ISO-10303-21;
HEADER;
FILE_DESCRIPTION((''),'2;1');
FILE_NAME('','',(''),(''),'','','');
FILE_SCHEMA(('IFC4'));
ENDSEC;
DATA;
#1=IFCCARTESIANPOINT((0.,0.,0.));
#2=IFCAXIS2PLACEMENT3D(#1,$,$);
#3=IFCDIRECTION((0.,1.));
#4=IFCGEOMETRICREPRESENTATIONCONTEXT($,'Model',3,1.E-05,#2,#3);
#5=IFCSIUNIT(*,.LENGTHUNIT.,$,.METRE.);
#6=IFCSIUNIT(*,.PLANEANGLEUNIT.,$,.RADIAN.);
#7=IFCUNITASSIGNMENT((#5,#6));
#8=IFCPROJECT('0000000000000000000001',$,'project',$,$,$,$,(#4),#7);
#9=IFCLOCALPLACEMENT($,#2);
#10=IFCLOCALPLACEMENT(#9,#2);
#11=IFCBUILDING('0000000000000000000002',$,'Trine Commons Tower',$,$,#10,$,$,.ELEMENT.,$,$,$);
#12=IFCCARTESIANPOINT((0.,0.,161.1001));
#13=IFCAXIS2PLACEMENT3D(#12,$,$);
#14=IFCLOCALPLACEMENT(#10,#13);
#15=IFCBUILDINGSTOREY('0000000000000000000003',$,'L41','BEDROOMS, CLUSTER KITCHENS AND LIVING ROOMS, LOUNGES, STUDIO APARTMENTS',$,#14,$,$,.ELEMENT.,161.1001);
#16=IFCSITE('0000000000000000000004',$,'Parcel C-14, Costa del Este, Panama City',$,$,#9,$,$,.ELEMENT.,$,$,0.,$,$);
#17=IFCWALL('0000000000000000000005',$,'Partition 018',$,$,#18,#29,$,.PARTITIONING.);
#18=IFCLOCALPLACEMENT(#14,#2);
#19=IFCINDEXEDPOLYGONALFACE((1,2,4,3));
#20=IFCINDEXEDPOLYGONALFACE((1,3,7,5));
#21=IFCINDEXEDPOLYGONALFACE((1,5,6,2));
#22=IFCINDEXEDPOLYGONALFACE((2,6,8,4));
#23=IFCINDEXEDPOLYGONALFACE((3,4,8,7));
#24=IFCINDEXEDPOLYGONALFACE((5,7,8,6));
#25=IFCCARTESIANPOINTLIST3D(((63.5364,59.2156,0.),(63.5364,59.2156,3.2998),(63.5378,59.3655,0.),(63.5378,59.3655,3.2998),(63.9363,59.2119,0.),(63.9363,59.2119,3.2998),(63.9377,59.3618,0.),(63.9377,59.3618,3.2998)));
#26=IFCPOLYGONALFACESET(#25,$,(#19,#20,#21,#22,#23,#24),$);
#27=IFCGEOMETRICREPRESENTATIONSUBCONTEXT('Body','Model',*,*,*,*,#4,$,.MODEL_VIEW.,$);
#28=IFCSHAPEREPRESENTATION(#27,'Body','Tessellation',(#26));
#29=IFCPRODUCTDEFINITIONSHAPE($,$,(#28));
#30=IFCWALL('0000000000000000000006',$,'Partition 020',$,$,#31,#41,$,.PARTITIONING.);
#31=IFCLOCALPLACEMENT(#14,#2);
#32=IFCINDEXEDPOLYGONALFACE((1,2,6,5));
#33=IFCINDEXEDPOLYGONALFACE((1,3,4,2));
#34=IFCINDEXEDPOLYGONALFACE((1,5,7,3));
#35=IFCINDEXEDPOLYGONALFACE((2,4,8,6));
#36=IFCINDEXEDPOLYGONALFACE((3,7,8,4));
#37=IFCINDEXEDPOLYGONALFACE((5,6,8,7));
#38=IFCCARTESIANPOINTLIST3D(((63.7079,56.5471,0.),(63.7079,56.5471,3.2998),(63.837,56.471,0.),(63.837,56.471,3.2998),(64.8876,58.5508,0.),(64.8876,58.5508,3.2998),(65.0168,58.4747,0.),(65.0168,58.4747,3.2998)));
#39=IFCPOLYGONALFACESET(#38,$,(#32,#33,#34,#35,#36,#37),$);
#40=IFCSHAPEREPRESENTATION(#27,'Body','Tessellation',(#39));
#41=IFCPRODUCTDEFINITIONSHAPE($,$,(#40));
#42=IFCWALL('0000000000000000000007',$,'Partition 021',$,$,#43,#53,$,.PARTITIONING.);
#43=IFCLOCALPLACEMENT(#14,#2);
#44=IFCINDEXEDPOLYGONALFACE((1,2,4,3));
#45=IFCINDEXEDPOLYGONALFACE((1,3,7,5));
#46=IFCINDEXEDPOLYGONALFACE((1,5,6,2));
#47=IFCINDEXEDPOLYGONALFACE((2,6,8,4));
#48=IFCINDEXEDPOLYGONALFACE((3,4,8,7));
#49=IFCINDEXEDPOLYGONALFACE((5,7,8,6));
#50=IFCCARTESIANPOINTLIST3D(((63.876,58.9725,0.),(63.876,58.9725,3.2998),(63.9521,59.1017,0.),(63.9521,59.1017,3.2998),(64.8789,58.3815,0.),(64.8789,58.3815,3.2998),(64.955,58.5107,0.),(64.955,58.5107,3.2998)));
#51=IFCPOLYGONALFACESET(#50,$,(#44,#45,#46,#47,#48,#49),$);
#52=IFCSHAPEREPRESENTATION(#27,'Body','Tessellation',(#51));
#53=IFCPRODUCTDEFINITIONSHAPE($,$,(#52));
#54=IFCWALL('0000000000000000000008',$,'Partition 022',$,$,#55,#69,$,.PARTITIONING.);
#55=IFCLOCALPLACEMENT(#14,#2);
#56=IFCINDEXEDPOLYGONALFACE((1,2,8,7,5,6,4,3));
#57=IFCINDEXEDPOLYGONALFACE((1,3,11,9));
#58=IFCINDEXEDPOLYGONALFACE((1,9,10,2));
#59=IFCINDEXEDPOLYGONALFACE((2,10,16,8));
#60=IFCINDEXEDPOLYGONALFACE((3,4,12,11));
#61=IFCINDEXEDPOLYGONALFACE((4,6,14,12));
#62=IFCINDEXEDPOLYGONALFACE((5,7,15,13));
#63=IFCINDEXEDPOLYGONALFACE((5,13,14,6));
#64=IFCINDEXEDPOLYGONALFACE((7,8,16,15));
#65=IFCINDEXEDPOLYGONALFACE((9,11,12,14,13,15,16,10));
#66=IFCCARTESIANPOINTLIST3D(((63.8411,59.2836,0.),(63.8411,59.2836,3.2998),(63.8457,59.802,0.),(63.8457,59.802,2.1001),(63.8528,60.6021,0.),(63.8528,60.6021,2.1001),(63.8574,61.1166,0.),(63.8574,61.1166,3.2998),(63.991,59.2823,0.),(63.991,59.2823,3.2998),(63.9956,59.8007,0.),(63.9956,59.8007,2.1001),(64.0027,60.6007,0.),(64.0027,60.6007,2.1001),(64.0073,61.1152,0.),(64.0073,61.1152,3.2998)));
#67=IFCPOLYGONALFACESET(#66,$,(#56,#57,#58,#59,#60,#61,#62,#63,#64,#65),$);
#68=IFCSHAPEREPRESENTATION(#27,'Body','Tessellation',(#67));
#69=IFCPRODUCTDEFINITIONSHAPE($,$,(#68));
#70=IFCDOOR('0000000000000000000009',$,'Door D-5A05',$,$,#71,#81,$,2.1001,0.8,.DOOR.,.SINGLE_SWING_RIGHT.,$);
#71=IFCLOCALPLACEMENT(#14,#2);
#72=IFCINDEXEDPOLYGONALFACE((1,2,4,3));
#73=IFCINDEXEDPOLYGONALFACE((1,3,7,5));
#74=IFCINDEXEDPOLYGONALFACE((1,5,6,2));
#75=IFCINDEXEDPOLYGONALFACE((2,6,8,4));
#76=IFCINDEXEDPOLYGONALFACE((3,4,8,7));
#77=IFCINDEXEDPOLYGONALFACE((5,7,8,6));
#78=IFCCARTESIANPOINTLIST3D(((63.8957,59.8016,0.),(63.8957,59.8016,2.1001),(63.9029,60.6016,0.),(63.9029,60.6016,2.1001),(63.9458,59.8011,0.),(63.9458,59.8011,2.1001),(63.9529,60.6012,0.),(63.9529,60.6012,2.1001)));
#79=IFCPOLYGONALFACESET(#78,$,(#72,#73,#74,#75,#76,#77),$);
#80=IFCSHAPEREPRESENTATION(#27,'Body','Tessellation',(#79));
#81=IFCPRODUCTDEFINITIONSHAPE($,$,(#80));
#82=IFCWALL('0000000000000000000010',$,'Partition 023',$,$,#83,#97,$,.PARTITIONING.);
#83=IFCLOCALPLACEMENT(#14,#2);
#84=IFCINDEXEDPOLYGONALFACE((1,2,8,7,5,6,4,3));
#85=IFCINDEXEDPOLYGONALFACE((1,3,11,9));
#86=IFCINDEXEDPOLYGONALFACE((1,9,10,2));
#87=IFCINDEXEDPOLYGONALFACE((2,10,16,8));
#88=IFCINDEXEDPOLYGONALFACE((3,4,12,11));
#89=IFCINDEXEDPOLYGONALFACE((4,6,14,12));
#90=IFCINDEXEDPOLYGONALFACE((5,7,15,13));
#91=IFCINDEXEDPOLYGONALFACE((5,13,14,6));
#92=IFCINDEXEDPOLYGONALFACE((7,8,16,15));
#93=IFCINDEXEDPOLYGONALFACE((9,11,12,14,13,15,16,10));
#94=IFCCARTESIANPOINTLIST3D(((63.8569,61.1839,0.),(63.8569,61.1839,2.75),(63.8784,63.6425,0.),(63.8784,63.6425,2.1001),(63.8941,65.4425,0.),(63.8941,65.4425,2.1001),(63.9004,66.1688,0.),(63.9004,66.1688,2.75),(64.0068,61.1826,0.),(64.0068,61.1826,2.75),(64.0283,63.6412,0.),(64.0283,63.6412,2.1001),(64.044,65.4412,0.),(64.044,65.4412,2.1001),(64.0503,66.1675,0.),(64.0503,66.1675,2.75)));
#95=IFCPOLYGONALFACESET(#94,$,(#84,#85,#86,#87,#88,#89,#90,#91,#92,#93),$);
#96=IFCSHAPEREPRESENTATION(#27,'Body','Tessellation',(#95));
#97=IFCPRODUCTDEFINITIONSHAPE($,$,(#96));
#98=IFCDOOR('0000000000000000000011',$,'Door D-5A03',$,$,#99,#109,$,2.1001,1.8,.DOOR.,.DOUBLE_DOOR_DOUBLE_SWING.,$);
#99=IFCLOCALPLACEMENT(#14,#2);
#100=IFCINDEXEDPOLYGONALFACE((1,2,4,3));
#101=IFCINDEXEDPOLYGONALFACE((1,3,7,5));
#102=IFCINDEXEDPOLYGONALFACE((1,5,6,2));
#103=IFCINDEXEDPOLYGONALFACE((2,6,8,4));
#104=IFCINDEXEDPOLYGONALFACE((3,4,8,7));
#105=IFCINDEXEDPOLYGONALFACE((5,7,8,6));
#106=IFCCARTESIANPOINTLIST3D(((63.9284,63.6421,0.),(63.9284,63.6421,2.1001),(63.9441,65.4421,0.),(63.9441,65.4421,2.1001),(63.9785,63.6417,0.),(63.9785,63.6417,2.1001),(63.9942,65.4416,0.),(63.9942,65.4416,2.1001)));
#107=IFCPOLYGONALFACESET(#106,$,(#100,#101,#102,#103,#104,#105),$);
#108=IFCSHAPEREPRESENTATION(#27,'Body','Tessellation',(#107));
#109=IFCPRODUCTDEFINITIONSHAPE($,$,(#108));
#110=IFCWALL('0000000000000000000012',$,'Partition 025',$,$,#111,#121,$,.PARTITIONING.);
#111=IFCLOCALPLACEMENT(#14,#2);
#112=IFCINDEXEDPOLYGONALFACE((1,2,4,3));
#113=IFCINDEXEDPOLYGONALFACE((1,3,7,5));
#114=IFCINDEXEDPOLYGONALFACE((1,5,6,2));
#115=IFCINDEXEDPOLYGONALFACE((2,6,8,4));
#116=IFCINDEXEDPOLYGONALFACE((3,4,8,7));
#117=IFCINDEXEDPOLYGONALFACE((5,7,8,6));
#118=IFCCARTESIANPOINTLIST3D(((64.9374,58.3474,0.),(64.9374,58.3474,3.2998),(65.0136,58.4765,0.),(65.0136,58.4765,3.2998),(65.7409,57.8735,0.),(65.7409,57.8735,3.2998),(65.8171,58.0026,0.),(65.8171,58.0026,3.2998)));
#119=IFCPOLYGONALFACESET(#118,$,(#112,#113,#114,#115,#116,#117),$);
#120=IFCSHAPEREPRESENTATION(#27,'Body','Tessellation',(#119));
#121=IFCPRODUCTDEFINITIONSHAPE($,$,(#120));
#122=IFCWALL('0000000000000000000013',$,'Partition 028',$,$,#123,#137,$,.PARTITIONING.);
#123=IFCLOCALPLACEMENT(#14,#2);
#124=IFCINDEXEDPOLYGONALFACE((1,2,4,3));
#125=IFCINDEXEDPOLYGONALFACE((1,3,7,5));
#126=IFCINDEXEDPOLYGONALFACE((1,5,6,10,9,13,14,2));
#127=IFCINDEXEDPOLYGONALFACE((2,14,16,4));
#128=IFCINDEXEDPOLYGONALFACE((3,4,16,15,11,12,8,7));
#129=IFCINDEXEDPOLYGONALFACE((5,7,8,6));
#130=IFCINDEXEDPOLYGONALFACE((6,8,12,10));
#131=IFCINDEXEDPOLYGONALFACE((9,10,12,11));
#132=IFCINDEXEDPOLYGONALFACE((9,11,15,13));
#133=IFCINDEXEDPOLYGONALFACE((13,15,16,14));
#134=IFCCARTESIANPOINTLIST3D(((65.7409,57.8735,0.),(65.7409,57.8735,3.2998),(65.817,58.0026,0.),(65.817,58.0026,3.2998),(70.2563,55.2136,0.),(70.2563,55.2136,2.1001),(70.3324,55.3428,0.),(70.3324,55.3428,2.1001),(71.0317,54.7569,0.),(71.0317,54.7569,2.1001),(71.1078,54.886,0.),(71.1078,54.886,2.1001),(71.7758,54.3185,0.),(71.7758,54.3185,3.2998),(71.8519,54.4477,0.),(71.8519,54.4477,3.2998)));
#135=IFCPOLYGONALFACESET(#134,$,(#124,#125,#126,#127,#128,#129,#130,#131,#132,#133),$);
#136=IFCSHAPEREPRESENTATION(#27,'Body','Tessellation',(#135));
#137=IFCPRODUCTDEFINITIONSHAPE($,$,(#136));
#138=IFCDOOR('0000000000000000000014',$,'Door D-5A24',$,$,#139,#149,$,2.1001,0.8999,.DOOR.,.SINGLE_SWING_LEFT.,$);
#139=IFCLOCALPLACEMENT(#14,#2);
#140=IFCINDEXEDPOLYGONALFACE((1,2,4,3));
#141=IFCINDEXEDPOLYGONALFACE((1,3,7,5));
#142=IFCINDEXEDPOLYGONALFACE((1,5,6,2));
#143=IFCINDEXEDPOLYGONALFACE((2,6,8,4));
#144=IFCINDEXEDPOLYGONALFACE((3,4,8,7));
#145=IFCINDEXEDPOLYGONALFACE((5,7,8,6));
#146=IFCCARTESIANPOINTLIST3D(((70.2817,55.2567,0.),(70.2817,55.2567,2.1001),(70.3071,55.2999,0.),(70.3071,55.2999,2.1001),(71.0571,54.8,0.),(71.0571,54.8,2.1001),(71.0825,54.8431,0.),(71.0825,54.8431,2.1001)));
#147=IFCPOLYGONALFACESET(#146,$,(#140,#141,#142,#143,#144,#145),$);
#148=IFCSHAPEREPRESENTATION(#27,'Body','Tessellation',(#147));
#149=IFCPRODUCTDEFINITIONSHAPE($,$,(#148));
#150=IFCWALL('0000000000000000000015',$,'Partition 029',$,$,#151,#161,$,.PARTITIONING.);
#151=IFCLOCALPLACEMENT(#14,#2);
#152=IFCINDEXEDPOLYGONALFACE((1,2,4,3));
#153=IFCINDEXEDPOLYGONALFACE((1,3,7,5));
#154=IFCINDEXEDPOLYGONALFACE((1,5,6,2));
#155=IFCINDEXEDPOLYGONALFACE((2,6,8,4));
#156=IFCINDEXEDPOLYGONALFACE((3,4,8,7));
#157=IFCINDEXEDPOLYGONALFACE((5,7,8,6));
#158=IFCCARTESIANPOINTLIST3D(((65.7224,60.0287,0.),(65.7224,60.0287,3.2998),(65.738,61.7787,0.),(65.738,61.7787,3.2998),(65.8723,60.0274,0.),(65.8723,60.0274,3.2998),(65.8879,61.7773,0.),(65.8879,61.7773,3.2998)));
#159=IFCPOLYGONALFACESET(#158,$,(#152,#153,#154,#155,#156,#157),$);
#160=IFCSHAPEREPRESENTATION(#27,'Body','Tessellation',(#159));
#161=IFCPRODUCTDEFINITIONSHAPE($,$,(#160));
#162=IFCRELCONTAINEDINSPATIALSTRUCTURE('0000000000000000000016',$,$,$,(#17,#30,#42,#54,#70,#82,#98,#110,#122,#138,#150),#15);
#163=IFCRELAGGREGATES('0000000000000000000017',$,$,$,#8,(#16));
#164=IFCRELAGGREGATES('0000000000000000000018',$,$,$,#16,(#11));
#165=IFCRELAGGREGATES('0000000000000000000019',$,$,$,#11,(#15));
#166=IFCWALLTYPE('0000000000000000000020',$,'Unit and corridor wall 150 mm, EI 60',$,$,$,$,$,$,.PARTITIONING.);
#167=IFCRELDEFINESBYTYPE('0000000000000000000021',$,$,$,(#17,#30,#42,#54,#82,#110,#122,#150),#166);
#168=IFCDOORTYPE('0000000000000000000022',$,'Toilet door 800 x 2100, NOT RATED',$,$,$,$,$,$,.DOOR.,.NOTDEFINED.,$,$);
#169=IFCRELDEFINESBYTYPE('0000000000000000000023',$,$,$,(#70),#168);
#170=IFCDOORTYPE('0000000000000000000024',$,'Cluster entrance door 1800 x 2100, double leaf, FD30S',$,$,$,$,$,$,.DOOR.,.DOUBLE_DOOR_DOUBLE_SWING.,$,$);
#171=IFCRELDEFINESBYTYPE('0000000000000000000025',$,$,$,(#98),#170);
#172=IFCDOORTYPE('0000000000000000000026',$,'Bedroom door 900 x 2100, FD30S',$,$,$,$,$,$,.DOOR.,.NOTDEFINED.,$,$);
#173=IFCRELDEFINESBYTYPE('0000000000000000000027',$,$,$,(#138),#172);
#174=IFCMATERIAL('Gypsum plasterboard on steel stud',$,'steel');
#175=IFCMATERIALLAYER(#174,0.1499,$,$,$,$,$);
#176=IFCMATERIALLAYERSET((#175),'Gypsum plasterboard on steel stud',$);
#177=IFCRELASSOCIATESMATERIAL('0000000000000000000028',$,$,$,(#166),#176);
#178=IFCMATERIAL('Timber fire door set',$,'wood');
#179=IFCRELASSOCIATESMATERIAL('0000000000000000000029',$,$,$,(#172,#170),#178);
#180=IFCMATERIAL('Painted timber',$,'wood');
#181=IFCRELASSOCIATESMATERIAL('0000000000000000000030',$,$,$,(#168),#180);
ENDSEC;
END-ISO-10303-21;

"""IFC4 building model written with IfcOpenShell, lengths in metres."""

from ifc_helpers import new_model, si_unit, direction, frame, frame_2d, origin, place, context, subcontext, project, spatial, rectangle, extrude, material, layer, layer_set, type_object, element, fill, save


model = new_model("IFC4")

# Units and contexts
model_context = context("Model", 3, precision=1e-05, world=origin(), true_north=direction((0.0, 1.0)))
body_context = subcontext(model_context, "Body", "Model", "MODEL_VIEW")
ifc_project = project(units=[si_unit("LENGTHUNIT", "METRE"), si_unit("PLANEANGLEUNIT", "RADIAN")], contexts=[model_context])

# Site, building, storey
site_placement = place(None, origin())
site = spatial("IfcSite", under=ifc_project, at=site_placement, Name="Parcel C-14, Costa del Este, Panama City", CompositionType="ELEMENT", RefElevation=0.0)
building_placement = place(site_placement, origin())
building = spatial("IfcBuilding", under=site, at=building_placement, Name="Trine Commons Tower", CompositionType="ELEMENT")
storey_placement = place(building_placement, frame((0.0, 0.0, 161.1001)))
storey = spatial("IfcBuildingStorey", under=building, at=storey_placement, Name="L41", Description="BEDROOMS, CLUSTER KITCHENS AND LIVING ROOMS, LOUNGES, STUDIO APARTMENTS", CompositionType="ELEMENT", Elevation=161.1001)

# Shared definitions
ifc_material_1 = material(Name="Gypsum plasterboard on steel stud", Category="steel")
ifc_layer_1 = layer(ifc_material_1, 0.1499)
ifc_layer_set_1 = layer_set([ifc_layer_1], Name="Gypsum plasterboard on steel stud")
wall_type_1 = type_object("IfcWallType", Name="Unit and corridor wall 150 mm, EI 60", PredefinedType="PARTITIONING", material=ifc_layer_set_1)
ifc_material_2 = material(Name="Timber fire door set", Category="wood")
door_type_1 = type_object("IfcDoorType", Name="Bedroom door 900 x 2100, FD30S", OperationType="NOTDEFINED", PredefinedType="DOOR", material=ifc_material_2)

# Walls
wall_1_placement = place(storey_placement, frame((63.5371, 59.2905, 0.0), z_axis=(0.0, 0.0, 1.0), x_axis=(0.999958, -0.009157, 0.0)))
element("IfcWall", 1, at=wall_1_placement, inside=storey, type_object=wall_type_1, Name="Partition 018", PredefinedType="PARTITIONING", context=body_context, shape_type="SweptSolid", body=[
    extrude(rectangle(XDim=0.3999, YDim=0.1499, at=frame_2d((0.2, 0.0))), origin(), (0.0, 0.0, 1.0), 3.2998),
])
wall_2_placement = place(storey_placement, frame((63.7725, 56.509, 0.0), z_axis=(0.0, 0.0, 1.0), x_axis=(0.50736, 0.861734, 0.0)))
element("IfcWall", 2, at=wall_2_placement, inside=storey, type_object=wall_type_1, Name="Partition 020", PredefinedType="PARTITIONING", context=body_context, shape_type="SweptSolid", body=[
    extrude(rectangle(XDim=2.3252, YDim=0.1499, at=frame_2d((1.1626, 0.0))), origin(), (0.0, 0.0, 1.0), 3.2998),
])
wall_3_placement = place(storey_placement, frame((63.9141, 59.0371, 0.0), z_axis=(0.0, 0.0, 1.0), x_axis=(0.861519, -0.507726, 0.0)))
element("IfcWall", 3, at=wall_3_placement, inside=storey, type_object=wall_type_1, Name="Partition 021", PredefinedType="PARTITIONING", context=body_context, shape_type="SweptSolid", body=[
    extrude(rectangle(XDim=1.1641, YDim=0.1499, at=frame_2d((0.582, 0.0))), origin(), (0.0, 0.0, 1.0), 3.2998),
])

# Walls, openings, doors
wall_4_placement = place(storey_placement, frame((63.916, 59.283, 0.0), z_axis=(0.0, 0.0, 1.0), x_axis=(0.008923, 0.99996, 0.0)))
wall_4 = element("IfcWall", 4, at=wall_4_placement, inside=storey, type_object=wall_type_1, Name="Partition 022", PredefinedType="PARTITIONING", context=body_context, shape_type="SweptSolid", body=[
    extrude(rectangle(XDim=1.833, YDim=0.1499, at=frame_2d((0.9165, 0.0))), origin(), (0.0, 0.0, 1.0), 3.2998),
])
opening_1_placement = place(wall_4_placement, frame((0.5186, 0.0, 0.0)))
opening_1 = element("IfcOpeningElement", 5, at=opening_1_placement, cuts=wall_4, PredefinedType="OPENING", context=body_context, shape_type="SweptSolid", body=[
    extrude(rectangle(XDim=0.8, YDim=2.1001, at=frame_2d((0.3999, 1.05))), frame((0.0, 0.085, 0.0), z_axis=(0.0, -1.0, 0.0), x_axis=(1.0, 0.0, 0.0)), (0.0, 0.0, 1.0), 0.1699),
])
ifc_material_3 = material(Name="Painted timber", Category="wood")
door_type_2 = type_object("IfcDoorType", Name="Toilet door 800 x 2100, NOT RATED", OperationType="NOTDEFINED", PredefinedType="DOOR", material=ifc_material_3)
door_1_placement = place(opening_1_placement, origin())
door_1 = element("IfcDoor", 6, at=door_1_placement, inside=storey, type_object=door_type_2, Name="Door D-5A05", OperationType="SINGLE_SWING_RIGHT", OverallHeight=2.1001, OverallWidth=0.8, PredefinedType="DOOR", context=body_context, shape_type="SweptSolid", body=[
    extrude(rectangle(XDim=0.8, YDim=2.1001, at=frame_2d((0.3999, 1.05))), frame((0.0, 0.0249, 0.0), z_axis=(0.0, -1.0, 0.0), x_axis=(1.0, 0.0, 0.0)), (0.0, 0.0, 1.0), 0.05),
])
fill(opening_1, door_1)
wall_5_placement = place(storey_placement, frame((63.9319, 61.1831, 0.0), z_axis=(0.0, 0.0, 1.0), x_axis=(0.008717, 0.999962, 0.0)))
wall_5 = element("IfcWall", 7, at=wall_5_placement, inside=storey, type_object=wall_type_1, Name="Partition 023", PredefinedType="PARTITIONING", context=body_context, shape_type="SweptSolid", body=[
    extrude(rectangle(XDim=4.9851, YDim=0.1499, at=frame_2d((2.4927, 0.0))), origin(), (0.0, 0.0, 1.0), 2.75),
])
opening_2_placement = place(wall_5_placement, frame((2.459, 0.0, 0.0)))
opening_2 = element("IfcOpeningElement", 8, at=opening_2_placement, cuts=wall_5, PredefinedType="OPENING", context=body_context, shape_type="SweptSolid", body=[
    extrude(rectangle(XDim=1.8, YDim=2.1001, at=frame_2d((0.8999, 1.05))), frame((0.0, 0.085, 0.0), z_axis=(0.0, -1.0, 0.0), x_axis=(1.0, 0.0, 0.0)), (0.0, 0.0, 1.0), 0.1699),
])
door_type_3 = type_object("IfcDoorType", Name="Cluster entrance door 1800 x 2100, double leaf, FD30S", OperationType="DOUBLE_DOOR_DOUBLE_SWING", PredefinedType="DOOR", material=ifc_material_2)
door_2_placement = place(opening_2_placement, origin())
door_2 = element("IfcDoor", 9, at=door_2_placement, inside=storey, type_object=door_type_3, Name="Door D-5A03", OperationType="DOUBLE_DOOR_DOUBLE_SWING", OverallHeight=2.1001, OverallWidth=1.8, PredefinedType="DOOR", context=body_context, shape_type="SweptSolid", body=[
    extrude(rectangle(XDim=1.8, YDim=2.1001, at=frame_2d((0.8999, 1.05))), frame((0.0, 0.0249, 0.0), z_axis=(0.0, -1.0, 0.0), x_axis=(1.0, 0.0, 0.0)), (0.0, 0.0, 1.0), 0.05),
])
fill(opening_2, door_2)

# Wall
wall_6_placement = place(storey_placement, frame((64.9756, 58.4119, 0.0), z_axis=(0.0, 0.0, 1.0), x_axis=(0.861348, -0.508015, 0.0)))
element("IfcWall", 10, at=wall_6_placement, inside=storey, type_object=wall_type_1, Name="Partition 025", PredefinedType="PARTITIONING", context=body_context, shape_type="SweptSolid", body=[
    extrude(rectangle(XDim=0.9329, YDim=0.1499, at=frame_2d((0.4663, 0.0))), origin(), (0.0, 0.0, 1.0), 3.2998),
])

# Wall, opening, door
wall_7_placement = place(storey_placement, frame((65.7791, 57.938, 0.0), z_axis=(0.0, 0.0, 1.0), x_axis=(0.861623, -0.507549, 0.0)))
wall_7 = element("IfcWall", 11, at=wall_7_placement, inside=storey, type_object=wall_type_1, Name="Partition 028", PredefinedType="PARTITIONING", context=body_context, shape_type="SweptSolid", body=[
    extrude(rectangle(XDim=7.0042, YDim=0.1499, at=frame_2d((3.502, 0.0))), origin(), (0.0, 0.0, 1.0), 3.2998),
])
opening_3_placement = place(wall_7_placement, frame((5.2405, 0.0, 0.0)))
opening_3 = element("IfcOpeningElement", 12, at=opening_3_placement, cuts=wall_7, PredefinedType="OPENING", context=body_context, shape_type="SweptSolid", body=[
    extrude(rectangle(XDim=0.8999, YDim=2.1001, at=frame_2d((0.45, 1.05))), frame((0.0, 0.085, 0.0), z_axis=(0.0, -1.0, 0.0), x_axis=(1.0, 0.0, 0.0)), (0.0, 0.0, 1.0), 0.1699),
])
door_3_placement = place(opening_3_placement, frame((0.8999, 0.0, 0.0), z_axis=(0.0, 0.0, 1.0), x_axis=(-1.0, 0.0, 0.0)))
door_3 = element("IfcDoor", 13, at=door_3_placement, inside=storey, type_object=door_type_1, Name="Door D-5A24", OperationType="SINGLE_SWING_LEFT", OverallHeight=2.1001, OverallWidth=0.8999, PredefinedType="DOOR", context=body_context, shape_type="SweptSolid", body=[
    extrude(rectangle(XDim=0.8999, YDim=2.1001, at=frame_2d((0.45, 1.05))), frame((0.0, 0.0249, 0.0), z_axis=(0.0, -1.0, 0.0), x_axis=(1.0, 0.0, 0.0)), (0.0, 0.0, 1.0), 0.05),
])
fill(opening_3, door_3)

# Wall
wall_8_placement = place(storey_placement, frame((65.7974, 60.0281, 0.0), z_axis=(0.0, 0.0, 1.0), x_axis=(0.008928, 0.99996, 0.0)))
element("IfcWall", 14, at=wall_8_placement, inside=storey, type_object=wall_type_1, Name="Partition 029", PredefinedType="PARTITIONING", context=body_context, shape_type="SweptSolid", body=[
    extrude(rectangle(XDim=1.75, YDim=0.1499, at=frame_2d((0.875, 0.0))), origin(), (0.0, 0.0, 1.0), 3.2998),
])

save(model, "model.ifc")
